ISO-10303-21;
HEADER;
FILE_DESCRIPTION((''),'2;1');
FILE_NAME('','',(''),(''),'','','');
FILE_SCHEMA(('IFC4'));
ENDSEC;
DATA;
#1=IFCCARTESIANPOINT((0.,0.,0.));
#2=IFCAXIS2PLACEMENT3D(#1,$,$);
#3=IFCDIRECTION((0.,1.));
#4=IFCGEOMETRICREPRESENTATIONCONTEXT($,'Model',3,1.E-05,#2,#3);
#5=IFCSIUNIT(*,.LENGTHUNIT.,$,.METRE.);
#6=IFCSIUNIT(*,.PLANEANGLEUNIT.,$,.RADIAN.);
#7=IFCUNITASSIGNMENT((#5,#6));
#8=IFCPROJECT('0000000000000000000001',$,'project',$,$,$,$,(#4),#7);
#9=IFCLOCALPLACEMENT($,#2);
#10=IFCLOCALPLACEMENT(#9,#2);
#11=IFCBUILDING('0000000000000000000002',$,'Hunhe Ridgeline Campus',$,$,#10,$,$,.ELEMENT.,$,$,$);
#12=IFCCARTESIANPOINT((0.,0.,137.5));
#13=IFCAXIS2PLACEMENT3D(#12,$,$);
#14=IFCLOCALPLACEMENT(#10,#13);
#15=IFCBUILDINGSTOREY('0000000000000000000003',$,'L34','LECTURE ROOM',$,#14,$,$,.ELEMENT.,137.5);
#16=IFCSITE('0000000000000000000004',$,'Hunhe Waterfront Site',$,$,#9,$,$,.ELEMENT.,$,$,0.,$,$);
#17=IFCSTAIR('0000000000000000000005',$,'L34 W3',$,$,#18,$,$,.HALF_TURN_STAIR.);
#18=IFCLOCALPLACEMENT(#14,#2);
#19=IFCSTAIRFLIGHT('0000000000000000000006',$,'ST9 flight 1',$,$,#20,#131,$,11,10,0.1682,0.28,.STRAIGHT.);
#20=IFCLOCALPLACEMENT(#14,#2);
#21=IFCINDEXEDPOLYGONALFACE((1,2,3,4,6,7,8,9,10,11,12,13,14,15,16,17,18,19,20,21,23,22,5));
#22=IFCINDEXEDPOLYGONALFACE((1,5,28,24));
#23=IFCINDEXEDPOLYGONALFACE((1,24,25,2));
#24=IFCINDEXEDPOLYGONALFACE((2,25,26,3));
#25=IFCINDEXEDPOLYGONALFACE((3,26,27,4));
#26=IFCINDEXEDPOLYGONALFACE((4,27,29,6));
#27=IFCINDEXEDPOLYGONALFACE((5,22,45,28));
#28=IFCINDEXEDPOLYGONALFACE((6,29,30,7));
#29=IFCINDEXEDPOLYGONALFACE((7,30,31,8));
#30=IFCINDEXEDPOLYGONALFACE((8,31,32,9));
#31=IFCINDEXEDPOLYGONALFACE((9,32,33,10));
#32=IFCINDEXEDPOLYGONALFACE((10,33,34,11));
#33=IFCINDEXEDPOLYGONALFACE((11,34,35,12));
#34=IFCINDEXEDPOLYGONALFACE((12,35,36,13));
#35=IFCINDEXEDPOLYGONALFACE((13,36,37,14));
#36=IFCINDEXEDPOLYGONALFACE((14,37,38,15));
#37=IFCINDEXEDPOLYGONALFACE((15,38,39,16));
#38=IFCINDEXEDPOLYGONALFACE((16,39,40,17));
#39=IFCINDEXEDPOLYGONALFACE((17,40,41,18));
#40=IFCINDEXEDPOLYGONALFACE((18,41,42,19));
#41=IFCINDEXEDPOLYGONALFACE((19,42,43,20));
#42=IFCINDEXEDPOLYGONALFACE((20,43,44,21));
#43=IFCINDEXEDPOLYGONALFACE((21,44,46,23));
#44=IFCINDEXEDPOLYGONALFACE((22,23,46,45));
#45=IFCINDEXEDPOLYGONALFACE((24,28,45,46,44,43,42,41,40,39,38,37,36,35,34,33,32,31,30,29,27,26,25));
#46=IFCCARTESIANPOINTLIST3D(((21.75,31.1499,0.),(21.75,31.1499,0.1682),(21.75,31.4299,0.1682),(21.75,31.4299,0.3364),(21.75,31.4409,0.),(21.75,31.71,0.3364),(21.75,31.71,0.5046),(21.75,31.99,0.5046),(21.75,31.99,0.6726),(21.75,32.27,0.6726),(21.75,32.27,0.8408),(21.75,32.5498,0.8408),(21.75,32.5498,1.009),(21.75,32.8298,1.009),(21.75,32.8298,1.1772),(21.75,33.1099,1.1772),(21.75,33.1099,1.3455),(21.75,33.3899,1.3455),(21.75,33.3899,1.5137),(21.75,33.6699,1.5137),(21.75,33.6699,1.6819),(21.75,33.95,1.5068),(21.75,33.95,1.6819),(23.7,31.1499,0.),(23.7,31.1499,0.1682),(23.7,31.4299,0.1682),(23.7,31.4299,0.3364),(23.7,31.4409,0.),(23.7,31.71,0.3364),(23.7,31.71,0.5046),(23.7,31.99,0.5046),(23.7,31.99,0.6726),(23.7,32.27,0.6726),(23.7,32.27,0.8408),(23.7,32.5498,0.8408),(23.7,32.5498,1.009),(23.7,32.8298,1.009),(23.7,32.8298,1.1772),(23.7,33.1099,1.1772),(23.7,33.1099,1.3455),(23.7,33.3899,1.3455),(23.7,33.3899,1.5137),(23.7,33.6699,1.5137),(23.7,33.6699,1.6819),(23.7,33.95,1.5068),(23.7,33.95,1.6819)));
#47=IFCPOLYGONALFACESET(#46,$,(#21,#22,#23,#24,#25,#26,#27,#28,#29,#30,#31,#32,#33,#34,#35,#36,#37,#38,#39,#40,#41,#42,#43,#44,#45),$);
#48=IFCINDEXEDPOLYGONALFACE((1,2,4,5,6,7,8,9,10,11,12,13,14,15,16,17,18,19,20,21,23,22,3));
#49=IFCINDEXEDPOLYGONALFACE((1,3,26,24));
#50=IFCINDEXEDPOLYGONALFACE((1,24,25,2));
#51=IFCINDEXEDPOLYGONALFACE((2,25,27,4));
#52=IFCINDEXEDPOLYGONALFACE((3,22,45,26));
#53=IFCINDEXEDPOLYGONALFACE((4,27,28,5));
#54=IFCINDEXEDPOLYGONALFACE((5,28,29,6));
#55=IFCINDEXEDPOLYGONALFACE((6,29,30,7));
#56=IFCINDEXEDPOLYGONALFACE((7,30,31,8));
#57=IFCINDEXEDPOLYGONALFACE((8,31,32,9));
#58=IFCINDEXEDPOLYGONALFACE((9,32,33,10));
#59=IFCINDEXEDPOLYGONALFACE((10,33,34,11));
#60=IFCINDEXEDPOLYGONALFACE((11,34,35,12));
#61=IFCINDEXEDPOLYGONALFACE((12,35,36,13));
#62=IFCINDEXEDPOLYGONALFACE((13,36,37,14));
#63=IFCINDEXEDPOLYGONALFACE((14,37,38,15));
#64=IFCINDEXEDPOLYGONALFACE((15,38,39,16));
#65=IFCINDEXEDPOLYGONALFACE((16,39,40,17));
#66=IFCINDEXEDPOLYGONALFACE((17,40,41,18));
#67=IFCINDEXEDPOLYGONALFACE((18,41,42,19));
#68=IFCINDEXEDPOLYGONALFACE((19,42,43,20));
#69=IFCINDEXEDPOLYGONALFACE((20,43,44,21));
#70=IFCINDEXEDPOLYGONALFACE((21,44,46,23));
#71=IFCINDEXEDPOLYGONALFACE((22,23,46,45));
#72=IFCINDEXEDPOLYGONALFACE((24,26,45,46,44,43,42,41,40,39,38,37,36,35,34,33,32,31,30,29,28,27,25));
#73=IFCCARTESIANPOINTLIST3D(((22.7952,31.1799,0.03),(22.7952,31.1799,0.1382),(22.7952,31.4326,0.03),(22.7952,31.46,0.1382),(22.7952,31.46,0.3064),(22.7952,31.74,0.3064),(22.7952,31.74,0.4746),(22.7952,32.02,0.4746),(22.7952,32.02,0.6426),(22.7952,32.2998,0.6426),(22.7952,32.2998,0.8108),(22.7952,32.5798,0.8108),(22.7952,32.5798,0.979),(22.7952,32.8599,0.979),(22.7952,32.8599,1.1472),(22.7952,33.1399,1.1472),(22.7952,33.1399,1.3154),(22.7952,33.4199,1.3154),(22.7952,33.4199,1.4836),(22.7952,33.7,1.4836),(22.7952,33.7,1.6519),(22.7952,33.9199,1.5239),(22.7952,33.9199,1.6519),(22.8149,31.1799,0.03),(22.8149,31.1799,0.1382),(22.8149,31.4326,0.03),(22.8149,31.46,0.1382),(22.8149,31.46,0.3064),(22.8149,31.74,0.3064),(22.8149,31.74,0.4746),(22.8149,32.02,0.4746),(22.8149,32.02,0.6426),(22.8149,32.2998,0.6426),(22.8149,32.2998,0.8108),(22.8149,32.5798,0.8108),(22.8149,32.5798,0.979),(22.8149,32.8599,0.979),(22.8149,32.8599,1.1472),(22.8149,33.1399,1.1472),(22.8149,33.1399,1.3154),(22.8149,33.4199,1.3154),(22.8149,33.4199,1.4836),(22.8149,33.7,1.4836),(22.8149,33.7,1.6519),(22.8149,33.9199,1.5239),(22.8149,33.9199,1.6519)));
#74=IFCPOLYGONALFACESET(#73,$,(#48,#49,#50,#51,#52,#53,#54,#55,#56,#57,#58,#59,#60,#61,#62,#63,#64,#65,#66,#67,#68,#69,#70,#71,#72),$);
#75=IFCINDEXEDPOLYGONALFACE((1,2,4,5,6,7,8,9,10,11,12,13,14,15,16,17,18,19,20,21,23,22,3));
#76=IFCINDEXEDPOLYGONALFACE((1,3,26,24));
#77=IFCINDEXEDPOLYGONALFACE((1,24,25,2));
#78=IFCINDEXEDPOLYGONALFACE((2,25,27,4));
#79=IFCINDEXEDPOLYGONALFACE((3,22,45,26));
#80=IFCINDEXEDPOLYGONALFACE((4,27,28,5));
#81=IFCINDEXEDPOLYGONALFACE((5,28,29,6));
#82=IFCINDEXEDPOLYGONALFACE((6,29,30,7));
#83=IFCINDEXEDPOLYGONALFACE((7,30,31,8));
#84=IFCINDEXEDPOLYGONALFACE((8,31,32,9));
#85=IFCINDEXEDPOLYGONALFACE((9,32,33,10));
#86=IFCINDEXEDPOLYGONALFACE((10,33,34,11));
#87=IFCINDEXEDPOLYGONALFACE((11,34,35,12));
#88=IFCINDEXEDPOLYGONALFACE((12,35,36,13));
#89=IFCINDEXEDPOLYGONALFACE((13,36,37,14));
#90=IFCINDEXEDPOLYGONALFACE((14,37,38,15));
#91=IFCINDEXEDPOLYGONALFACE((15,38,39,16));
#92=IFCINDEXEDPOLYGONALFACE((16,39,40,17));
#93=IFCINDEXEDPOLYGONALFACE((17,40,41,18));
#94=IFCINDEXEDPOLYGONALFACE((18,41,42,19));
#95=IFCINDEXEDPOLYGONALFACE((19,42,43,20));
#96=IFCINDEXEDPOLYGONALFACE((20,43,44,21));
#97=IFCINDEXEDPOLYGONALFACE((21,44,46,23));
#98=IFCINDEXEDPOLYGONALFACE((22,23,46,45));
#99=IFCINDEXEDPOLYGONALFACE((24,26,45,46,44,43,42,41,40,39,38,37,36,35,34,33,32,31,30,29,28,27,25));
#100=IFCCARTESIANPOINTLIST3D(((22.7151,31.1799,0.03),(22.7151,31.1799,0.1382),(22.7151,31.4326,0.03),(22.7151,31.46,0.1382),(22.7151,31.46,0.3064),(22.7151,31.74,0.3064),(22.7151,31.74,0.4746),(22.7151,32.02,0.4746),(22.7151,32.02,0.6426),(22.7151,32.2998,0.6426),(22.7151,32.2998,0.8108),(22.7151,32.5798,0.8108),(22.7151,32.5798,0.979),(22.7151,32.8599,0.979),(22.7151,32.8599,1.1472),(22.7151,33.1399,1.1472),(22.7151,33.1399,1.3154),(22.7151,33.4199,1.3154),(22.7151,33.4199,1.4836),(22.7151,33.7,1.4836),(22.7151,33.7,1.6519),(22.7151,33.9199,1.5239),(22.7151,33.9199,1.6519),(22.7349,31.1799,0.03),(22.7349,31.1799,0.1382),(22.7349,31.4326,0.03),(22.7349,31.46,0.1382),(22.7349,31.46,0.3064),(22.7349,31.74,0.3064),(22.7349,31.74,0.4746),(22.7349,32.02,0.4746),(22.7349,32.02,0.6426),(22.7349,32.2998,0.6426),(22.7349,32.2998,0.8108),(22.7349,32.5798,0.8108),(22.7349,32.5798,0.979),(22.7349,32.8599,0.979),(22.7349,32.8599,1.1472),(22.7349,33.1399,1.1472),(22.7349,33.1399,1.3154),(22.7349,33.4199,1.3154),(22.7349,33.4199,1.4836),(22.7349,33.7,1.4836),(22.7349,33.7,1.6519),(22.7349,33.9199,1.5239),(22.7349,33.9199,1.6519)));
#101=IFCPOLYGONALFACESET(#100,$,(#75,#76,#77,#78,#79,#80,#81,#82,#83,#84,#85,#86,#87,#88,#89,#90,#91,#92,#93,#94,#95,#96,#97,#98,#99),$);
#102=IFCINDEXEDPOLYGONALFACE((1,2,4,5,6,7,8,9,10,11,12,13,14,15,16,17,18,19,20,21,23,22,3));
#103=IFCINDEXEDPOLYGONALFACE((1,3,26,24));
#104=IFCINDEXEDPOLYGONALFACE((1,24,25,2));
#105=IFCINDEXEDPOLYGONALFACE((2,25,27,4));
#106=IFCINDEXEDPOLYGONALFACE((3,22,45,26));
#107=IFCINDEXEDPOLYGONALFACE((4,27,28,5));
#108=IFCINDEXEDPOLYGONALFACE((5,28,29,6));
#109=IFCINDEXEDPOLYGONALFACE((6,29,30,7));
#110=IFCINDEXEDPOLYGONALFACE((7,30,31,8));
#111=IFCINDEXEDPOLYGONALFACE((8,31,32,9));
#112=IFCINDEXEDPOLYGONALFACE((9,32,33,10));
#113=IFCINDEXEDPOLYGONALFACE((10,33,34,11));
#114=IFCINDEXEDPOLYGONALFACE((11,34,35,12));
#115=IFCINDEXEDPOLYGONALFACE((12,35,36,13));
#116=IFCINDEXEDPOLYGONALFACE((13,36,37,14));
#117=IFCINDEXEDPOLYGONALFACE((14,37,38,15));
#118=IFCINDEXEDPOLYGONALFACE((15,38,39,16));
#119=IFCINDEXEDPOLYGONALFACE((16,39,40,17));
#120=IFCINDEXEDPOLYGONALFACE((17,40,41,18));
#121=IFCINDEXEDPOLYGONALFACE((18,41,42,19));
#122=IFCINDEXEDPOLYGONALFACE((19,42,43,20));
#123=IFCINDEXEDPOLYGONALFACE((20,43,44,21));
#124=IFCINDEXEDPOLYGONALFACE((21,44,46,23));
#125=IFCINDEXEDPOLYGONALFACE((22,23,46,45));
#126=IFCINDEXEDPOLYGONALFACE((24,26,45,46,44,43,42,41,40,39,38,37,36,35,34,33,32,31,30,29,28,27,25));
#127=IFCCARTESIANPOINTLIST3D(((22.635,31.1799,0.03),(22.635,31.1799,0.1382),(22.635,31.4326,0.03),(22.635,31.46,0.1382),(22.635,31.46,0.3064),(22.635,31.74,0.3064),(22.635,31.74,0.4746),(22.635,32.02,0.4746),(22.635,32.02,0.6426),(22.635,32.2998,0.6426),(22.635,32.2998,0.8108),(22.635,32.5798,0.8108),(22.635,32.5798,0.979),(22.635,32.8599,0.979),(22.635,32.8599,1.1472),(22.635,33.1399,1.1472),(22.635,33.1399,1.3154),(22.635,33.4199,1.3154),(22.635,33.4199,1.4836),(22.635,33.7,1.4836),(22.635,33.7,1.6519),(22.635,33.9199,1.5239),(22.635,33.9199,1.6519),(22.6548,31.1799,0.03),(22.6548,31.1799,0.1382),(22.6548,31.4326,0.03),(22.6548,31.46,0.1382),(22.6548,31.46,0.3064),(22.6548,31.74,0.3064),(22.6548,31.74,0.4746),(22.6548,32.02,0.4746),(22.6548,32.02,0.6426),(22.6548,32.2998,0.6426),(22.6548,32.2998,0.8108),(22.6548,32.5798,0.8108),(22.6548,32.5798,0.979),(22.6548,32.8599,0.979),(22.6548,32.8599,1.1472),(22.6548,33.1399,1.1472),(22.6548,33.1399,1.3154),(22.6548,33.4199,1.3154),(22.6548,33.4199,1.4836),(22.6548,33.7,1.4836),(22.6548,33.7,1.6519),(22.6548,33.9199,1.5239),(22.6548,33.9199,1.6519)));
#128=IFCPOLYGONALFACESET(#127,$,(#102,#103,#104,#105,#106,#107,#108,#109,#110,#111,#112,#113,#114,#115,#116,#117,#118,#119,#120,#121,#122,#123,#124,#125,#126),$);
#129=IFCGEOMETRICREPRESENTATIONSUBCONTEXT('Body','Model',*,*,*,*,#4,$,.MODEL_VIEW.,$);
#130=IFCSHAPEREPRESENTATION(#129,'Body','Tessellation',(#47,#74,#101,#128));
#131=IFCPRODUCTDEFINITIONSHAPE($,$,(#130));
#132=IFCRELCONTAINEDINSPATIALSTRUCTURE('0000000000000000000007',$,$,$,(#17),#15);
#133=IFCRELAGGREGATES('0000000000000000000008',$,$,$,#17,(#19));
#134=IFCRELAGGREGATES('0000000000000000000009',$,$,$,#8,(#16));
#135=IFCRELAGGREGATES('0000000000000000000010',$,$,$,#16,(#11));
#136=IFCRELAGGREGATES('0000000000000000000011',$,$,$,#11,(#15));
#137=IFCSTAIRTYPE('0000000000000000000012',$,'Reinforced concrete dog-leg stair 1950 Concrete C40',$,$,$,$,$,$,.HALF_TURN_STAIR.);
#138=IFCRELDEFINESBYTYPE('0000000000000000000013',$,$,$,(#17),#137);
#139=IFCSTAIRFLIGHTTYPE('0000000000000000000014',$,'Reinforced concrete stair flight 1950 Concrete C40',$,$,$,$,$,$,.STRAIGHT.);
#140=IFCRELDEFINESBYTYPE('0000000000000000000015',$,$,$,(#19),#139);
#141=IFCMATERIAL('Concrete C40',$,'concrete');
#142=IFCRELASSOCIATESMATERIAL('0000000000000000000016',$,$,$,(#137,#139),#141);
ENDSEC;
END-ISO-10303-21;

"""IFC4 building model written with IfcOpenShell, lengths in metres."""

from ifc_helpers import new_model, si_unit, direction, frame, origin, place, context, subcontext, project, spatial, polyline, outline, extrude, material, type_object, element, aggregate, save


model = new_model("IFC4")

# Units and contexts
model_context = context("Model", 3, precision=1e-05, world=origin(), true_north=direction((0.0, 1.0)))
body_context = subcontext(model_context, "Body", "Model", "MODEL_VIEW")
ifc_project = project(units=[si_unit("LENGTHUNIT", "METRE"), si_unit("PLANEANGLEUNIT", "RADIAN")], contexts=[model_context])

# Site, building, storey
site_placement = place(None, origin())
site = spatial("IfcSite", under=ifc_project, at=site_placement, Name="Hunhe Waterfront Site", CompositionType="ELEMENT", RefElevation=0.0)
building_placement = place(site_placement, origin())
building = spatial("IfcBuilding", under=site, at=building_placement, Name="Hunhe Ridgeline Campus", CompositionType="ELEMENT")
storey_placement = place(building_placement, frame((0.0, 0.0, 137.5)))
storey = spatial("IfcBuildingStorey", under=building, at=storey_placement, Name="L34", Description="LECTURE ROOM", CompositionType="ELEMENT", Elevation=137.5)

# Stair, stair flight
ifc_material_1 = material(Name="Concrete C40", Category="concrete")
stair_type = type_object("IfcStairType", Name="Reinforced concrete dog-leg stair 1950 Concrete C40", PredefinedType="HALF_TURN_STAIR", material=ifc_material_1)
stair_placement = place(storey_placement, origin())
stair = element("IfcStair", 1, at=stair_placement, inside=storey, type_object=stair_type, Name="L34 W3", PredefinedType="HALF_TURN_STAIR")
stair_flight_type = type_object("IfcStairFlightType", Name="Reinforced concrete stair flight 1950 Concrete C40", PredefinedType="STRAIGHT", material=ifc_material_1)
stair_flight_1_placement = place(storey_placement, frame((22.7251, 31.1499, 0.0), z_axis=(0.0, 0.0, 1.0), x_axis=(0.0, 1.0, 0.0)))
stair_flight_1 = element("IfcStairFlight", 2, at=stair_flight_1_placement, type_object=stair_flight_type, Name="ST9 flight 1", NumberOfRisers=11, NumberOfTreads=10, PredefinedType="STRAIGHT", RiserHeight=0.1682, TreadLength=0.28, context=body_context, shape_type="SweptSolid", body=[
    extrude(outline(polyline([(0.0, 0.0), (0.0, 0.1682), (0.28, 0.1682), (0.28, 0.3364), (0.5601, 0.3364), (0.5601, 0.5046), (0.8401, 0.5046), (0.8401, 0.6726), (1.1201, 0.6726), (1.1201, 0.8408), (1.3999, 0.8408), (1.3999, 1.009), (1.6799, 1.009), (1.6799, 1.1772), (1.96, 1.1772), (1.96, 1.3455), (2.24, 1.3455), (2.24, 1.5137), (2.52, 1.5137), (2.52, 1.6819), (2.8, 1.6819), (2.8, 1.8501), (2.8, 1.5068), (0.291, 0.0), (0.0, 0.0)])), frame((0.0, 0.9751, 0.0), z_axis=(0.0, -1.0, 0.0), x_axis=(1.0, 0.0, 0.0)), (0.0, 0.0, 1.0), 1.95),
    extrude(outline(polyline([(0.03, 0.03), (0.03, 0.1382), (0.3101, 0.1382), (0.3101, 0.3064), (0.5901, 0.3064), (0.5901, 0.4746), (0.8701, 0.4746), (0.8701, 0.6426), (1.1499, 0.6426), (1.1499, 0.8108), (1.4299, 0.8108), (1.4299, 0.979), (1.71, 0.979), (1.71, 1.1472), (1.99, 1.1472), (1.99, 1.3154), (2.27, 1.3154), (2.27, 1.4836), (2.55, 1.4836), (2.55, 1.6519), (2.77, 1.6519), (2.77, 1.5239), (0.2827, 0.03), (0.03, 0.03)])), frame((0.0, -0.0701, 0.0), z_axis=(0.0, -1.0, 0.0), x_axis=(1.0, 0.0, 0.0)), (0.0, 0.0, 1.0), 0.0198),
    extrude(outline(polyline([(0.03, 0.03), (0.03, 0.1382), (0.3101, 0.1382), (0.3101, 0.3064), (0.5901, 0.3064), (0.5901, 0.4746), (0.8701, 0.4746), (0.8701, 0.6426), (1.1499, 0.6426), (1.1499, 0.8108), (1.4299, 0.8108), (1.4299, 0.979), (1.71, 0.979), (1.71, 1.1472), (1.99, 1.1472), (1.99, 1.3154), (2.27, 1.3154), (2.27, 1.4836), (2.55, 1.4836), (2.55, 1.6519), (2.77, 1.6519), (2.77, 1.5239), (0.2827, 0.03), (0.03, 0.03)])), frame((0.0, 0.01, 0.0), z_axis=(0.0, -1.0, 0.0), x_axis=(1.0, 0.0, 0.0)), (0.0, 0.0, 1.0), 0.0198),
    extrude(outline(polyline([(0.03, 0.03), (0.03, 0.1382), (0.3101, 0.1382), (0.3101, 0.3064), (0.5901, 0.3064), (0.5901, 0.4746), (0.8701, 0.4746), (0.8701, 0.6426), (1.1499, 0.6426), (1.1499, 0.8108), (1.4299, 0.8108), (1.4299, 0.979), (1.71, 0.979), (1.71, 1.1472), (1.99, 1.1472), (1.99, 1.3154), (2.27, 1.3154), (2.27, 1.4836), (2.55, 1.4836), (2.55, 1.6519), (2.77, 1.6519), (2.77, 1.5239), (0.2827, 0.03), (0.03, 0.03)])), frame((0.0, 0.0901, 0.0), z_axis=(0.0, -1.0, 0.0), x_axis=(1.0, 0.0, 0.0)), (0.0, 0.0, 1.0), 0.0198),
])
aggregate(stair, [stair_flight_1])

save(model, "model.ifc")
